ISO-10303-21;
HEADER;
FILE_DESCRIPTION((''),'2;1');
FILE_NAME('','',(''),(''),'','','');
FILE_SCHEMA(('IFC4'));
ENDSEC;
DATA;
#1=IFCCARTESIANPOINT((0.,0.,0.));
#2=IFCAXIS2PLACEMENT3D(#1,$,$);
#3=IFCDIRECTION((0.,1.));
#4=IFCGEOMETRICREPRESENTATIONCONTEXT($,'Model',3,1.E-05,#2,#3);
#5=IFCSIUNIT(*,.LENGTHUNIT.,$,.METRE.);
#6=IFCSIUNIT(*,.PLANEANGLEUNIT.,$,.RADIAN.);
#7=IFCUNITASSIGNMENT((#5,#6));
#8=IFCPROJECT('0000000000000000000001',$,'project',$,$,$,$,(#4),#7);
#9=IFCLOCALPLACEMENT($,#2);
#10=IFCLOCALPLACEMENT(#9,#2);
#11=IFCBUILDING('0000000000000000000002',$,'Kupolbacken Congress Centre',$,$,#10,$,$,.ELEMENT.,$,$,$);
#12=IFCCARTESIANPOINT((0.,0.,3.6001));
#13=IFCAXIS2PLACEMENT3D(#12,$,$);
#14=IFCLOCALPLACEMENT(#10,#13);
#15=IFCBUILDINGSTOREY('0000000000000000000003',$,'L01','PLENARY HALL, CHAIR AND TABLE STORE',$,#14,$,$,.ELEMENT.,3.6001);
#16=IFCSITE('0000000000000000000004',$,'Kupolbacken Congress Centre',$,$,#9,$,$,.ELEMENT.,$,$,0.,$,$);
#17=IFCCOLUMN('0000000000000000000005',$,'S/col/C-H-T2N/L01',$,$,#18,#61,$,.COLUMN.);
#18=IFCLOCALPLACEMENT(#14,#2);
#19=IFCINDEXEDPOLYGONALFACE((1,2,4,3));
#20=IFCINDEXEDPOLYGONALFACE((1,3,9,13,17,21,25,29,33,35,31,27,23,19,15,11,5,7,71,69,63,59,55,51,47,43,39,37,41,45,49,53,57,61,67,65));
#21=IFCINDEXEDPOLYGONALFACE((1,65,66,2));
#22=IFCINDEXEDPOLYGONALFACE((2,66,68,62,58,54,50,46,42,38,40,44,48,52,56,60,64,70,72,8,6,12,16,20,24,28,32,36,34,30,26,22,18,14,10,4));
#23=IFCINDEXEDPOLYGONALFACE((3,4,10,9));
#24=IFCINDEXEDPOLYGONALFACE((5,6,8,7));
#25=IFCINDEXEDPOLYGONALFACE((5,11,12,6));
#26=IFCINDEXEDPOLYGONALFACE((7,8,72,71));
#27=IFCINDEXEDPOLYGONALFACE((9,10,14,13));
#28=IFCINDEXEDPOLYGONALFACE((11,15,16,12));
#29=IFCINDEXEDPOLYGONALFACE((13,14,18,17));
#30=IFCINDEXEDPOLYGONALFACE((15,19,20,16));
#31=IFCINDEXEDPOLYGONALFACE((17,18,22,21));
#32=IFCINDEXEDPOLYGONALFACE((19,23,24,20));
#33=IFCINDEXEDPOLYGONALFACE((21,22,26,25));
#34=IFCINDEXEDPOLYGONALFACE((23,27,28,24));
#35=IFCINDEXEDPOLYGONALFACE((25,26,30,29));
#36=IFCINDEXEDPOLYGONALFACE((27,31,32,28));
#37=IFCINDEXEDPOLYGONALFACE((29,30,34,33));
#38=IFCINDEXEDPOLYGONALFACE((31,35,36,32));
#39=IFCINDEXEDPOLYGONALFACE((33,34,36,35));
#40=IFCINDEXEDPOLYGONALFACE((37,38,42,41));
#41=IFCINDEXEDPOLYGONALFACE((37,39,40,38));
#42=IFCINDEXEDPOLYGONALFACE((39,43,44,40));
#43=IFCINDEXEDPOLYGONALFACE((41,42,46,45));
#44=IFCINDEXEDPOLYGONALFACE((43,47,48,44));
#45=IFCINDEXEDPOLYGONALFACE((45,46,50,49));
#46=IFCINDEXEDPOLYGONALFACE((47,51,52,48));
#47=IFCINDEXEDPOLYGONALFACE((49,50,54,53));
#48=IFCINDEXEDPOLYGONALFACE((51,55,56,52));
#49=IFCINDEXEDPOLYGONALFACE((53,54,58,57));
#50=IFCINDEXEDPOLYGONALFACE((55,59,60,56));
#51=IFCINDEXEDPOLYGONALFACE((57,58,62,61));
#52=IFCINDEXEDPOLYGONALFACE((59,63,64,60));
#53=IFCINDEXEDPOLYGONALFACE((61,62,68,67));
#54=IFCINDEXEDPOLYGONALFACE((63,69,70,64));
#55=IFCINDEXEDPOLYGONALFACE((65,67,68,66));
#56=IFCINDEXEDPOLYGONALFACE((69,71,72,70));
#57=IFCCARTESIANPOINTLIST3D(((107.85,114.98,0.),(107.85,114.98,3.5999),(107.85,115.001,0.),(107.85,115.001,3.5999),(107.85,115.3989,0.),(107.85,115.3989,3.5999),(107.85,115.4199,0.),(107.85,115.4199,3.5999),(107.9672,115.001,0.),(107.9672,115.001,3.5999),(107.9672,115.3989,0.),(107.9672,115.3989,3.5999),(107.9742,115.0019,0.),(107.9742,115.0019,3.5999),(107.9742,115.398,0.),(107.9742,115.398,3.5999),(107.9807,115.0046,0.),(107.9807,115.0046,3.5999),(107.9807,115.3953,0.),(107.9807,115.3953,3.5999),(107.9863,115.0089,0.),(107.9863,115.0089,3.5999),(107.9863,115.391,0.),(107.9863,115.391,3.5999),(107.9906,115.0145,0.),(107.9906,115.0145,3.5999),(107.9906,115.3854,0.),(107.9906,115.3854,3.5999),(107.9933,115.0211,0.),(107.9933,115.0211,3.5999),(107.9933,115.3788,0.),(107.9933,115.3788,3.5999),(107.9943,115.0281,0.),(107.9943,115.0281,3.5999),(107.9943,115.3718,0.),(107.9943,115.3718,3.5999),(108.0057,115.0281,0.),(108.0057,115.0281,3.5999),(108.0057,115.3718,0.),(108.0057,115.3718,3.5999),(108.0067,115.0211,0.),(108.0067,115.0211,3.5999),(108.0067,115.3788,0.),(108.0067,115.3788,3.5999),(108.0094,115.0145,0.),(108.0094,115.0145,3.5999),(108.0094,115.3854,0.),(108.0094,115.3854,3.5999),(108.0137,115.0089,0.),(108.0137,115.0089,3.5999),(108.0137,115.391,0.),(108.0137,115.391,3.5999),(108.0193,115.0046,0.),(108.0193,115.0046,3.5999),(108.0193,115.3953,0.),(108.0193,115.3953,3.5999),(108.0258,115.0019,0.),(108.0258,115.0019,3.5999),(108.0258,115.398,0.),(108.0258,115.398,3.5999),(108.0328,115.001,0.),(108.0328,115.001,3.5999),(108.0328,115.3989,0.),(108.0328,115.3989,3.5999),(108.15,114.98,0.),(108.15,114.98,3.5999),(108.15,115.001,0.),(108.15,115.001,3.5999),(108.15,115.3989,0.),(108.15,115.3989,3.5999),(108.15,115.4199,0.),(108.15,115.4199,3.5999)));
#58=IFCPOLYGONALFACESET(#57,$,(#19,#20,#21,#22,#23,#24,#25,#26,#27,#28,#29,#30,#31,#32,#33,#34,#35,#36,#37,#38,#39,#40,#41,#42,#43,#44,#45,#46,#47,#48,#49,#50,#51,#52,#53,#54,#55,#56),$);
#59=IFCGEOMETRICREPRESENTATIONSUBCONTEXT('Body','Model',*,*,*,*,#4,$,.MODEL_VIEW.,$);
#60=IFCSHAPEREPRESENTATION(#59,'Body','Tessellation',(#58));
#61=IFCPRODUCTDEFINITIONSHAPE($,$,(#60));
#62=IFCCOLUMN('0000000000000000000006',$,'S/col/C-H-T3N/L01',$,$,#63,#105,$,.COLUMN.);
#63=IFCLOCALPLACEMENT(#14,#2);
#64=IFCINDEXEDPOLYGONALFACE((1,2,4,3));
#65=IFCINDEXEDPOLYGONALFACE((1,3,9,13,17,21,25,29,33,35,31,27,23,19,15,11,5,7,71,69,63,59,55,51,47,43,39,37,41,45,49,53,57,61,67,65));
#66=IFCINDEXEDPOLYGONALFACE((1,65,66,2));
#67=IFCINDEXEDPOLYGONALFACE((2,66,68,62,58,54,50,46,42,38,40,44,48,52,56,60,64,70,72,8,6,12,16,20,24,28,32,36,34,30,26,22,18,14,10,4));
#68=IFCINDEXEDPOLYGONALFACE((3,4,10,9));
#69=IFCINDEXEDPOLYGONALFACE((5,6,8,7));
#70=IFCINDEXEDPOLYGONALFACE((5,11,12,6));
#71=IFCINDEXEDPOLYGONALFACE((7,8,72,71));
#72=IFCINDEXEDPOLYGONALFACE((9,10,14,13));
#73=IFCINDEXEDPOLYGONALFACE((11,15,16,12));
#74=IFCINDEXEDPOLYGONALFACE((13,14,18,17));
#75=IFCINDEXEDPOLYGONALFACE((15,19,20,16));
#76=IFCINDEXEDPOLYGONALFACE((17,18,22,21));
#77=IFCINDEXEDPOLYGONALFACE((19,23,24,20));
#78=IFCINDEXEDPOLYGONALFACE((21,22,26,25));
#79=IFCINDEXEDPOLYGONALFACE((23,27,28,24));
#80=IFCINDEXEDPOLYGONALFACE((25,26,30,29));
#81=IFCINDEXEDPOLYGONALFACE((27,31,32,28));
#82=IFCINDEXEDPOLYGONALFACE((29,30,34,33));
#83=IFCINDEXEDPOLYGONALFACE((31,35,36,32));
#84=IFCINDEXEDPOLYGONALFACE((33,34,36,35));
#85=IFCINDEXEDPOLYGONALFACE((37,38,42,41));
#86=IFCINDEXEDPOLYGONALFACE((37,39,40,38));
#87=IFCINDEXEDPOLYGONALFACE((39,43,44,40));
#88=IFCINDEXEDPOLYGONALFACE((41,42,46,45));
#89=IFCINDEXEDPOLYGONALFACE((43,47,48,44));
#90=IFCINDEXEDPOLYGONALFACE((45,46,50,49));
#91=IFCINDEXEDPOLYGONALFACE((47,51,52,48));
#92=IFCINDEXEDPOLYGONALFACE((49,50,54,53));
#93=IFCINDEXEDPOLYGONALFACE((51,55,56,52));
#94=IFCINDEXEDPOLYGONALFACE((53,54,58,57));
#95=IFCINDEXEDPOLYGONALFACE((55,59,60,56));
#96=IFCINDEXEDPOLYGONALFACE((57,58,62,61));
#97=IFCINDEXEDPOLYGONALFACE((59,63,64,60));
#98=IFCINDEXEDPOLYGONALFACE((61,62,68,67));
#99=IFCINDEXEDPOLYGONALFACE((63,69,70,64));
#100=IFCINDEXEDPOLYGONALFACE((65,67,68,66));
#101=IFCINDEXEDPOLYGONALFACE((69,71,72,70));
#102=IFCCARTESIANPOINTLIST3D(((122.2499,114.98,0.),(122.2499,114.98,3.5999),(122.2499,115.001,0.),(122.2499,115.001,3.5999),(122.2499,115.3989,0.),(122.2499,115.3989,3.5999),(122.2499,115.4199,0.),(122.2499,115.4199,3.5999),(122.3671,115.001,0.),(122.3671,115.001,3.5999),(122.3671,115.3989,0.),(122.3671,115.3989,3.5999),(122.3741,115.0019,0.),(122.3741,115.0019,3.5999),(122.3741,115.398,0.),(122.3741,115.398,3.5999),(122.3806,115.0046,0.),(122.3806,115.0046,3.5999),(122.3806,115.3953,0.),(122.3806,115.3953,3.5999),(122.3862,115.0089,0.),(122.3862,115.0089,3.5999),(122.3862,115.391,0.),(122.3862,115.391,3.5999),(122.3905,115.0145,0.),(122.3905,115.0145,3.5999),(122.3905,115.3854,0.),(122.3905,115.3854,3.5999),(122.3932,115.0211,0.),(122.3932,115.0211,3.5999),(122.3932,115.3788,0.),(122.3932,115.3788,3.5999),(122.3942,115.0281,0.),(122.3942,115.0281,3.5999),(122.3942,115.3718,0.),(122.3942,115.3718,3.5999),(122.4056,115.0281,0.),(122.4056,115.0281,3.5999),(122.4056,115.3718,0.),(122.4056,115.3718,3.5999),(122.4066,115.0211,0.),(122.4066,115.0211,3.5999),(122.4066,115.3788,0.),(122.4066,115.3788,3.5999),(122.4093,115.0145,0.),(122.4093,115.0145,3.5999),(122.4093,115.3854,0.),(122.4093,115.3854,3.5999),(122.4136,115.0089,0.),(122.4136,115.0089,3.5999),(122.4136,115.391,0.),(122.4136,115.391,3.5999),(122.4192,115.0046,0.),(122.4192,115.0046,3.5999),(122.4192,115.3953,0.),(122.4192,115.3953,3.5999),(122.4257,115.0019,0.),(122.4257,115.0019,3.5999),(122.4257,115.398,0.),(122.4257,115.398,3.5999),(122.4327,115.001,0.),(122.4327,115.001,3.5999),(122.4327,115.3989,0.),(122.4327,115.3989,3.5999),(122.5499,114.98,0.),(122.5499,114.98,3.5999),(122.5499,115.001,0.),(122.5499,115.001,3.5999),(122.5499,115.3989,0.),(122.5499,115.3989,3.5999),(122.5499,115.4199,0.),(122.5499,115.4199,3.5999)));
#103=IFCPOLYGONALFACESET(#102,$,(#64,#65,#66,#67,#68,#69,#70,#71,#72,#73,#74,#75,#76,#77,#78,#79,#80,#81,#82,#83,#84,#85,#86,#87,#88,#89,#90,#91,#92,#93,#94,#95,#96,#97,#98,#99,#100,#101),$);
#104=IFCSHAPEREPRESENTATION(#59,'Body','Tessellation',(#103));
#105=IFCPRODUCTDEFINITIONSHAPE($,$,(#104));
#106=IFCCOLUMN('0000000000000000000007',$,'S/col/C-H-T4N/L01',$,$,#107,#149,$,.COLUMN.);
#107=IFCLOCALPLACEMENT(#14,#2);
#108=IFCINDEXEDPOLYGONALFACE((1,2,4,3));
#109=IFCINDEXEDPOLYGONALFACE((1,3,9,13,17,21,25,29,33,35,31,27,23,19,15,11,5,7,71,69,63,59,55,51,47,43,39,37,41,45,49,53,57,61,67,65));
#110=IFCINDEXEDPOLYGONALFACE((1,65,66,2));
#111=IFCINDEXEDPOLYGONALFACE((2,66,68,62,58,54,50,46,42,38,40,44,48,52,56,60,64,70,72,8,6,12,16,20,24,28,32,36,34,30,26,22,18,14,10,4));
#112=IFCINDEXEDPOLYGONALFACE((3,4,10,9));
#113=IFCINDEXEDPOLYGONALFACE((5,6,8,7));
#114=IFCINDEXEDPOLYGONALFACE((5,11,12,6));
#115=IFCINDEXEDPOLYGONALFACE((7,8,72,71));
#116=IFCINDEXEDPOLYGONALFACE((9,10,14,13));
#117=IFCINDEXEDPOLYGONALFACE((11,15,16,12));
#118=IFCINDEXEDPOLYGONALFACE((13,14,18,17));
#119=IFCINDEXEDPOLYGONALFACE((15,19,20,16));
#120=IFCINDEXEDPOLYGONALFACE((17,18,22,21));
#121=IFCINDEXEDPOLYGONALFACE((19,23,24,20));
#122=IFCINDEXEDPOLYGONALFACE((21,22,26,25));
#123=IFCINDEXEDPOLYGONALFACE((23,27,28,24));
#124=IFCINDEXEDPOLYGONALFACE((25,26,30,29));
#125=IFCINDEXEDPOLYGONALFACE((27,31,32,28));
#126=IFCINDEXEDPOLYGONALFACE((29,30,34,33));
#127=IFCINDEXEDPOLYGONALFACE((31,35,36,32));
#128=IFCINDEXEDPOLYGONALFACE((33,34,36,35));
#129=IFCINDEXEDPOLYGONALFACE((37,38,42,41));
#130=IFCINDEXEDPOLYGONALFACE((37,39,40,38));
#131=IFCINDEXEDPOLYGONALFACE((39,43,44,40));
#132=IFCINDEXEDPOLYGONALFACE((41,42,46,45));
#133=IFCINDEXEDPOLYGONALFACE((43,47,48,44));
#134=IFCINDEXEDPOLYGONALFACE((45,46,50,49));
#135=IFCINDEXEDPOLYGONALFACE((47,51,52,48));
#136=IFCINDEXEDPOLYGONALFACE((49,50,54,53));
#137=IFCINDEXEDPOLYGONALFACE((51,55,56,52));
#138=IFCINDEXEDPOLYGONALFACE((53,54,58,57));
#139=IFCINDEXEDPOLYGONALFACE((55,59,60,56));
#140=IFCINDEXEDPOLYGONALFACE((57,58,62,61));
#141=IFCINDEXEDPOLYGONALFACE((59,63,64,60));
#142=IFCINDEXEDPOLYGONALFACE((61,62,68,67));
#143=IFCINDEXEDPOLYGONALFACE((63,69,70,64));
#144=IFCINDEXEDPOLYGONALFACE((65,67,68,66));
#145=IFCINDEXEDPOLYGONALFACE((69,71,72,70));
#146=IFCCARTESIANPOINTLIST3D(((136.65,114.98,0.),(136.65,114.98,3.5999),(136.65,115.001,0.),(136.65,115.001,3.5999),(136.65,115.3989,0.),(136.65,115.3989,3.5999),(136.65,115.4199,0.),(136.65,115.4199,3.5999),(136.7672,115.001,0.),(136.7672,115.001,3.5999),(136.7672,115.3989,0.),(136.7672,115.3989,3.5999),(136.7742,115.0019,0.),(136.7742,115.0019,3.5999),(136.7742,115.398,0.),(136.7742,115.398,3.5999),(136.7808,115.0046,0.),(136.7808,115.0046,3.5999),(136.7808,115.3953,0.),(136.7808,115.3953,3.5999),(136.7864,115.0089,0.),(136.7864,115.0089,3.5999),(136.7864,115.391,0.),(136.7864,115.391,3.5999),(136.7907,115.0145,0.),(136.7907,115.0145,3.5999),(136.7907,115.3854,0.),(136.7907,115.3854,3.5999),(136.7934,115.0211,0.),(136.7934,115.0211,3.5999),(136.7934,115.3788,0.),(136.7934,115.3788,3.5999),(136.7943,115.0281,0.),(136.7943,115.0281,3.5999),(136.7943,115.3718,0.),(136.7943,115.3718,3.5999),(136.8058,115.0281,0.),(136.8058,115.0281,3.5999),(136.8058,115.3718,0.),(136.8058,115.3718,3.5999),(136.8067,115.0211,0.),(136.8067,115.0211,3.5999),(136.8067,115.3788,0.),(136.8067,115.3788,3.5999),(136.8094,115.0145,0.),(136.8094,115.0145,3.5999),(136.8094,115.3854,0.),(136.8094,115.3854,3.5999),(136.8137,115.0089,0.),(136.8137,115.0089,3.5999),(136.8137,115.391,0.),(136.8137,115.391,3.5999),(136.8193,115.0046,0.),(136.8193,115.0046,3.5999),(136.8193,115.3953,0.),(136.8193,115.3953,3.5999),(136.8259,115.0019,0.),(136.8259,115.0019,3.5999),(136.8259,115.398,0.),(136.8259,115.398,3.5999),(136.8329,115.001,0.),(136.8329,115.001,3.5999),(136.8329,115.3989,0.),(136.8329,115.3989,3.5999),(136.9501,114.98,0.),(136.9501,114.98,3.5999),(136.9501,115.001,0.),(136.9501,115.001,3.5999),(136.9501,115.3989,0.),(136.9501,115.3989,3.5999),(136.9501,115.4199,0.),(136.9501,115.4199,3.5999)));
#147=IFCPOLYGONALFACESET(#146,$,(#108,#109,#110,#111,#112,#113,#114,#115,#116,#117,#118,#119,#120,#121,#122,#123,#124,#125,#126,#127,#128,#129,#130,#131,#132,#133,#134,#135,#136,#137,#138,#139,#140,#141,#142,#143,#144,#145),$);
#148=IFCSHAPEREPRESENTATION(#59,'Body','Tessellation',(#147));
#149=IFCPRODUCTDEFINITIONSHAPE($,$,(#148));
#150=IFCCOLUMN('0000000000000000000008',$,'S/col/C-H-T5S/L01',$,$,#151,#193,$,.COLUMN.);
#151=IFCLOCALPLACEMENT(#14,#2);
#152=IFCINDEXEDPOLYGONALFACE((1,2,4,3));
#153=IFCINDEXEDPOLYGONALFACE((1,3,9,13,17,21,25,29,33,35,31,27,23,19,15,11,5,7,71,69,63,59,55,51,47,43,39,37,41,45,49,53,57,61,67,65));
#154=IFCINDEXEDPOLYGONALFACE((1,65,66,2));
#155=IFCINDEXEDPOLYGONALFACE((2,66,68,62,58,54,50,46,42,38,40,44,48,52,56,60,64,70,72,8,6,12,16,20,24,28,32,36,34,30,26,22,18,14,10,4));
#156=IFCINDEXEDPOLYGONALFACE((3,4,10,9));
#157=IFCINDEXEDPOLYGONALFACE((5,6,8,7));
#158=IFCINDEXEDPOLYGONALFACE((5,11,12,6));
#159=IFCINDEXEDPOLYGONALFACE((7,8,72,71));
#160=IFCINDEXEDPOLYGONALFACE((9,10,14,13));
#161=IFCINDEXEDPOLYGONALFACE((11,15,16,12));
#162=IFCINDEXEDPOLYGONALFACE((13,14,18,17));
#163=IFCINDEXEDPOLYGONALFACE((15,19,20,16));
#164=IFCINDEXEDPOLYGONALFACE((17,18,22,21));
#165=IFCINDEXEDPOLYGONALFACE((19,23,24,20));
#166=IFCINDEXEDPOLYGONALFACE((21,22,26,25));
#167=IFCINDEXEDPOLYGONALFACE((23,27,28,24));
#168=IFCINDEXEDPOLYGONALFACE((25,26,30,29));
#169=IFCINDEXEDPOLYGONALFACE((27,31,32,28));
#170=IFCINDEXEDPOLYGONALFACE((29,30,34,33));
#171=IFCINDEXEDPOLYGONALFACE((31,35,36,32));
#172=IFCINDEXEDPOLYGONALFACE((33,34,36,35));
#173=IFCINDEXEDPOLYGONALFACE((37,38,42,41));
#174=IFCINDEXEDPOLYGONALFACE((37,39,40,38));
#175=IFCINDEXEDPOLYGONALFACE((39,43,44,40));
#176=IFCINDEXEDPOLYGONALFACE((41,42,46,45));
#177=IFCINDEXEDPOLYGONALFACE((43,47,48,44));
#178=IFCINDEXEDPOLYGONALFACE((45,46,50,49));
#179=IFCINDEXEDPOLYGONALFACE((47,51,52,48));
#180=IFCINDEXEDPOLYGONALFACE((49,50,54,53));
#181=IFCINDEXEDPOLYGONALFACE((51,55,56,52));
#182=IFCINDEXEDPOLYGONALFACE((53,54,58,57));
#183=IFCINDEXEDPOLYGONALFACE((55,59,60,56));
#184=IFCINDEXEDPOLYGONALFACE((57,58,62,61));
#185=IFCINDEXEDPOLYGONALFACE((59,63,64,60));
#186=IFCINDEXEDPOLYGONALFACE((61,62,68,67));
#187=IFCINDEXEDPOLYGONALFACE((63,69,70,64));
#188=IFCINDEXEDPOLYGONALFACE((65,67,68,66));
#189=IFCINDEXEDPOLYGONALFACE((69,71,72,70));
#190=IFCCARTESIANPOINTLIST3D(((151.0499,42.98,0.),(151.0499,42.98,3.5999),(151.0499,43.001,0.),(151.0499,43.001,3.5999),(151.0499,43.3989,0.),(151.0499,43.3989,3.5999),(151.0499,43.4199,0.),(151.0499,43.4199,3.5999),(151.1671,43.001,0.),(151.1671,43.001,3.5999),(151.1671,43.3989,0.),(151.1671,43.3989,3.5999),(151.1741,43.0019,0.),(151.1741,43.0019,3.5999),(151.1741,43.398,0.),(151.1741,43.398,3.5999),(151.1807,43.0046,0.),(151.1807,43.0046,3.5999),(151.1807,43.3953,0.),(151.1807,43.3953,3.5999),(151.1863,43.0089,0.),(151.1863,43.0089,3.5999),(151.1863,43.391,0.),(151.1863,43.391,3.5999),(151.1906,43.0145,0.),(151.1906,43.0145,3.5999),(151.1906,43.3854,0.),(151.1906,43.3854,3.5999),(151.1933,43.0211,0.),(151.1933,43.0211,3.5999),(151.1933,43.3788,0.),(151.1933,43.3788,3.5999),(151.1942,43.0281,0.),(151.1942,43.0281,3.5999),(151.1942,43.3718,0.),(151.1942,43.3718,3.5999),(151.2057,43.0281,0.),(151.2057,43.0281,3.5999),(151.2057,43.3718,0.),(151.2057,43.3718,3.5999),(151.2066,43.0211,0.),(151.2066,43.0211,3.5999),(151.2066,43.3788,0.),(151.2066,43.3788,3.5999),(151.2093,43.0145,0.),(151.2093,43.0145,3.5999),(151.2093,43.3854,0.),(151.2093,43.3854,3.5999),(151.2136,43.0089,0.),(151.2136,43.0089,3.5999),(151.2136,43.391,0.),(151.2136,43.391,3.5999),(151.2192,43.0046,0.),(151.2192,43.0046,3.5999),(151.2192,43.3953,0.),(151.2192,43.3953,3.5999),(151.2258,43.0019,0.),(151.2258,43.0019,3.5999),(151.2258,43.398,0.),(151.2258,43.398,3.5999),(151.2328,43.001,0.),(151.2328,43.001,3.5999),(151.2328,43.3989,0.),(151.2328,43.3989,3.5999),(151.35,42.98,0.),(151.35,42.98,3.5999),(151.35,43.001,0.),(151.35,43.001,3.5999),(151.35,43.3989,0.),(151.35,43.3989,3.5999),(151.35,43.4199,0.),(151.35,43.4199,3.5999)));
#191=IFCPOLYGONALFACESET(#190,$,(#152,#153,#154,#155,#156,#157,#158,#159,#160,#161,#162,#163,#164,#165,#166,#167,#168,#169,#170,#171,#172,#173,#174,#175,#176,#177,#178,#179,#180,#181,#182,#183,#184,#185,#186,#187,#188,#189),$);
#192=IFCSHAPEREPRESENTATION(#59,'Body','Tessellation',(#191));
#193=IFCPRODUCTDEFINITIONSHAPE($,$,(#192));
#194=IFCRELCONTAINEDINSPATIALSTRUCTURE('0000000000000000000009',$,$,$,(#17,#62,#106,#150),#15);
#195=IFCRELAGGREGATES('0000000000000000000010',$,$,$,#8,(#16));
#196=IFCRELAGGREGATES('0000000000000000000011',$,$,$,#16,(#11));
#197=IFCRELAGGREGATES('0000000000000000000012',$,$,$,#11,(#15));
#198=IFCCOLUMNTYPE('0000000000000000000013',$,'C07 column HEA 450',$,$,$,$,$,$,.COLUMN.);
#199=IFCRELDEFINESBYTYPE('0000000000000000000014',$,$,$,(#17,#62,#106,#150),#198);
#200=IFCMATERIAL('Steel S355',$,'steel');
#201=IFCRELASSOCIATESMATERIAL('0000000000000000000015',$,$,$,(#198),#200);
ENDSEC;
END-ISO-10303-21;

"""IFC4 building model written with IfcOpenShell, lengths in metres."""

from ifc_helpers import new_model, si_unit, direction, frame, origin, origin_2d, place, context, subcontext, project, spatial, i_section, extrude, material, material_profile, profile_set, type_object, element, save


model = new_model("IFC4")

# Units and contexts
model_context = context("Model", 3, precision=1e-05, world=origin(), true_north=direction((0.0, 1.0)))
body_context = subcontext(model_context, "Body", "Model", "MODEL_VIEW")
ifc_project = project(units=[si_unit("LENGTHUNIT", "METRE"), si_unit("PLANEANGLEUNIT", "RADIAN")], contexts=[model_context])

# Site, building, storey
site_placement = place(None, origin())
site = spatial("IfcSite", under=ifc_project, at=site_placement, Name="Kupolbacken Congress Centre", CompositionType="ELEMENT", RefElevation=0.0)
building_placement = place(site_placement, origin())
building = spatial("IfcBuilding", under=site, at=building_placement, Name="Kupolbacken Congress Centre", CompositionType="ELEMENT")
storey_placement = place(building_placement, frame((0.0, 0.0, 3.6001)))
storey = spatial("IfcBuildingStorey", under=building, at=storey_placement, Name="L01", Description="PLENARY HALL, CHAIR AND TABLE STORE", CompositionType="ELEMENT", Elevation=3.6001)

# Columns
ifc_material_1 = material(Name="Steel S355", Category="steel")
ifc_material_profile = material_profile(ifc_material_1, i_section(OverallWidth=0.3, OverallDepth=0.4399, WebThickness=0.0115, FlangeThickness=0.021, FilletRadius=0.0271, at=origin_2d()), Name="HEA 450")
ifc_profile_set = profile_set([ifc_material_profile], Name="Steel S355")
column_type = type_object("IfcColumnType", Name="C07 column HEA 450", PredefinedType="COLUMN", material=ifc_profile_set)
for number, where, z_axis, x_axis, name in (
    (1, (108.0, 115.2, 0.0), (0.0, 0.0, 1.0), (1.0, 0.0, 0.0), "S/col/C-H-T2N/L01"),
    (2, (122.3999, 115.2, 0.0), (0.0, 0.0, 1.0), (1.0, 0.0, 0.0), "S/col/C-H-T3N/L01"),
    (3, (136.8, 115.2, 0.0), (0.0, 0.0, 1.0), (1.0, 0.0, 0.0), "S/col/C-H-T4N/L01"),
    (4, (151.2, 43.2, 0.0), (0.0, 0.0, 1.0), (1.0, 0.0, 0.0), "S/col/C-H-T5S/L01"),
):
    element("IfcColumn", number, at=place(storey_placement, frame(where, z_axis=z_axis, x_axis=x_axis)), inside=storey, type_object=column_type, Name=name, PredefinedType="COLUMN", context=body_context, shape_type="SweptSolid", body=[
        extrude(i_section(OverallWidth=0.3, OverallDepth=0.4399, WebThickness=0.0115, FlangeThickness=0.021, FilletRadius=0.0271, at=origin_2d()), origin(), (0.0, 0.0, 1.0), 3.5999),
    ])

save(model, "model.ifc")
